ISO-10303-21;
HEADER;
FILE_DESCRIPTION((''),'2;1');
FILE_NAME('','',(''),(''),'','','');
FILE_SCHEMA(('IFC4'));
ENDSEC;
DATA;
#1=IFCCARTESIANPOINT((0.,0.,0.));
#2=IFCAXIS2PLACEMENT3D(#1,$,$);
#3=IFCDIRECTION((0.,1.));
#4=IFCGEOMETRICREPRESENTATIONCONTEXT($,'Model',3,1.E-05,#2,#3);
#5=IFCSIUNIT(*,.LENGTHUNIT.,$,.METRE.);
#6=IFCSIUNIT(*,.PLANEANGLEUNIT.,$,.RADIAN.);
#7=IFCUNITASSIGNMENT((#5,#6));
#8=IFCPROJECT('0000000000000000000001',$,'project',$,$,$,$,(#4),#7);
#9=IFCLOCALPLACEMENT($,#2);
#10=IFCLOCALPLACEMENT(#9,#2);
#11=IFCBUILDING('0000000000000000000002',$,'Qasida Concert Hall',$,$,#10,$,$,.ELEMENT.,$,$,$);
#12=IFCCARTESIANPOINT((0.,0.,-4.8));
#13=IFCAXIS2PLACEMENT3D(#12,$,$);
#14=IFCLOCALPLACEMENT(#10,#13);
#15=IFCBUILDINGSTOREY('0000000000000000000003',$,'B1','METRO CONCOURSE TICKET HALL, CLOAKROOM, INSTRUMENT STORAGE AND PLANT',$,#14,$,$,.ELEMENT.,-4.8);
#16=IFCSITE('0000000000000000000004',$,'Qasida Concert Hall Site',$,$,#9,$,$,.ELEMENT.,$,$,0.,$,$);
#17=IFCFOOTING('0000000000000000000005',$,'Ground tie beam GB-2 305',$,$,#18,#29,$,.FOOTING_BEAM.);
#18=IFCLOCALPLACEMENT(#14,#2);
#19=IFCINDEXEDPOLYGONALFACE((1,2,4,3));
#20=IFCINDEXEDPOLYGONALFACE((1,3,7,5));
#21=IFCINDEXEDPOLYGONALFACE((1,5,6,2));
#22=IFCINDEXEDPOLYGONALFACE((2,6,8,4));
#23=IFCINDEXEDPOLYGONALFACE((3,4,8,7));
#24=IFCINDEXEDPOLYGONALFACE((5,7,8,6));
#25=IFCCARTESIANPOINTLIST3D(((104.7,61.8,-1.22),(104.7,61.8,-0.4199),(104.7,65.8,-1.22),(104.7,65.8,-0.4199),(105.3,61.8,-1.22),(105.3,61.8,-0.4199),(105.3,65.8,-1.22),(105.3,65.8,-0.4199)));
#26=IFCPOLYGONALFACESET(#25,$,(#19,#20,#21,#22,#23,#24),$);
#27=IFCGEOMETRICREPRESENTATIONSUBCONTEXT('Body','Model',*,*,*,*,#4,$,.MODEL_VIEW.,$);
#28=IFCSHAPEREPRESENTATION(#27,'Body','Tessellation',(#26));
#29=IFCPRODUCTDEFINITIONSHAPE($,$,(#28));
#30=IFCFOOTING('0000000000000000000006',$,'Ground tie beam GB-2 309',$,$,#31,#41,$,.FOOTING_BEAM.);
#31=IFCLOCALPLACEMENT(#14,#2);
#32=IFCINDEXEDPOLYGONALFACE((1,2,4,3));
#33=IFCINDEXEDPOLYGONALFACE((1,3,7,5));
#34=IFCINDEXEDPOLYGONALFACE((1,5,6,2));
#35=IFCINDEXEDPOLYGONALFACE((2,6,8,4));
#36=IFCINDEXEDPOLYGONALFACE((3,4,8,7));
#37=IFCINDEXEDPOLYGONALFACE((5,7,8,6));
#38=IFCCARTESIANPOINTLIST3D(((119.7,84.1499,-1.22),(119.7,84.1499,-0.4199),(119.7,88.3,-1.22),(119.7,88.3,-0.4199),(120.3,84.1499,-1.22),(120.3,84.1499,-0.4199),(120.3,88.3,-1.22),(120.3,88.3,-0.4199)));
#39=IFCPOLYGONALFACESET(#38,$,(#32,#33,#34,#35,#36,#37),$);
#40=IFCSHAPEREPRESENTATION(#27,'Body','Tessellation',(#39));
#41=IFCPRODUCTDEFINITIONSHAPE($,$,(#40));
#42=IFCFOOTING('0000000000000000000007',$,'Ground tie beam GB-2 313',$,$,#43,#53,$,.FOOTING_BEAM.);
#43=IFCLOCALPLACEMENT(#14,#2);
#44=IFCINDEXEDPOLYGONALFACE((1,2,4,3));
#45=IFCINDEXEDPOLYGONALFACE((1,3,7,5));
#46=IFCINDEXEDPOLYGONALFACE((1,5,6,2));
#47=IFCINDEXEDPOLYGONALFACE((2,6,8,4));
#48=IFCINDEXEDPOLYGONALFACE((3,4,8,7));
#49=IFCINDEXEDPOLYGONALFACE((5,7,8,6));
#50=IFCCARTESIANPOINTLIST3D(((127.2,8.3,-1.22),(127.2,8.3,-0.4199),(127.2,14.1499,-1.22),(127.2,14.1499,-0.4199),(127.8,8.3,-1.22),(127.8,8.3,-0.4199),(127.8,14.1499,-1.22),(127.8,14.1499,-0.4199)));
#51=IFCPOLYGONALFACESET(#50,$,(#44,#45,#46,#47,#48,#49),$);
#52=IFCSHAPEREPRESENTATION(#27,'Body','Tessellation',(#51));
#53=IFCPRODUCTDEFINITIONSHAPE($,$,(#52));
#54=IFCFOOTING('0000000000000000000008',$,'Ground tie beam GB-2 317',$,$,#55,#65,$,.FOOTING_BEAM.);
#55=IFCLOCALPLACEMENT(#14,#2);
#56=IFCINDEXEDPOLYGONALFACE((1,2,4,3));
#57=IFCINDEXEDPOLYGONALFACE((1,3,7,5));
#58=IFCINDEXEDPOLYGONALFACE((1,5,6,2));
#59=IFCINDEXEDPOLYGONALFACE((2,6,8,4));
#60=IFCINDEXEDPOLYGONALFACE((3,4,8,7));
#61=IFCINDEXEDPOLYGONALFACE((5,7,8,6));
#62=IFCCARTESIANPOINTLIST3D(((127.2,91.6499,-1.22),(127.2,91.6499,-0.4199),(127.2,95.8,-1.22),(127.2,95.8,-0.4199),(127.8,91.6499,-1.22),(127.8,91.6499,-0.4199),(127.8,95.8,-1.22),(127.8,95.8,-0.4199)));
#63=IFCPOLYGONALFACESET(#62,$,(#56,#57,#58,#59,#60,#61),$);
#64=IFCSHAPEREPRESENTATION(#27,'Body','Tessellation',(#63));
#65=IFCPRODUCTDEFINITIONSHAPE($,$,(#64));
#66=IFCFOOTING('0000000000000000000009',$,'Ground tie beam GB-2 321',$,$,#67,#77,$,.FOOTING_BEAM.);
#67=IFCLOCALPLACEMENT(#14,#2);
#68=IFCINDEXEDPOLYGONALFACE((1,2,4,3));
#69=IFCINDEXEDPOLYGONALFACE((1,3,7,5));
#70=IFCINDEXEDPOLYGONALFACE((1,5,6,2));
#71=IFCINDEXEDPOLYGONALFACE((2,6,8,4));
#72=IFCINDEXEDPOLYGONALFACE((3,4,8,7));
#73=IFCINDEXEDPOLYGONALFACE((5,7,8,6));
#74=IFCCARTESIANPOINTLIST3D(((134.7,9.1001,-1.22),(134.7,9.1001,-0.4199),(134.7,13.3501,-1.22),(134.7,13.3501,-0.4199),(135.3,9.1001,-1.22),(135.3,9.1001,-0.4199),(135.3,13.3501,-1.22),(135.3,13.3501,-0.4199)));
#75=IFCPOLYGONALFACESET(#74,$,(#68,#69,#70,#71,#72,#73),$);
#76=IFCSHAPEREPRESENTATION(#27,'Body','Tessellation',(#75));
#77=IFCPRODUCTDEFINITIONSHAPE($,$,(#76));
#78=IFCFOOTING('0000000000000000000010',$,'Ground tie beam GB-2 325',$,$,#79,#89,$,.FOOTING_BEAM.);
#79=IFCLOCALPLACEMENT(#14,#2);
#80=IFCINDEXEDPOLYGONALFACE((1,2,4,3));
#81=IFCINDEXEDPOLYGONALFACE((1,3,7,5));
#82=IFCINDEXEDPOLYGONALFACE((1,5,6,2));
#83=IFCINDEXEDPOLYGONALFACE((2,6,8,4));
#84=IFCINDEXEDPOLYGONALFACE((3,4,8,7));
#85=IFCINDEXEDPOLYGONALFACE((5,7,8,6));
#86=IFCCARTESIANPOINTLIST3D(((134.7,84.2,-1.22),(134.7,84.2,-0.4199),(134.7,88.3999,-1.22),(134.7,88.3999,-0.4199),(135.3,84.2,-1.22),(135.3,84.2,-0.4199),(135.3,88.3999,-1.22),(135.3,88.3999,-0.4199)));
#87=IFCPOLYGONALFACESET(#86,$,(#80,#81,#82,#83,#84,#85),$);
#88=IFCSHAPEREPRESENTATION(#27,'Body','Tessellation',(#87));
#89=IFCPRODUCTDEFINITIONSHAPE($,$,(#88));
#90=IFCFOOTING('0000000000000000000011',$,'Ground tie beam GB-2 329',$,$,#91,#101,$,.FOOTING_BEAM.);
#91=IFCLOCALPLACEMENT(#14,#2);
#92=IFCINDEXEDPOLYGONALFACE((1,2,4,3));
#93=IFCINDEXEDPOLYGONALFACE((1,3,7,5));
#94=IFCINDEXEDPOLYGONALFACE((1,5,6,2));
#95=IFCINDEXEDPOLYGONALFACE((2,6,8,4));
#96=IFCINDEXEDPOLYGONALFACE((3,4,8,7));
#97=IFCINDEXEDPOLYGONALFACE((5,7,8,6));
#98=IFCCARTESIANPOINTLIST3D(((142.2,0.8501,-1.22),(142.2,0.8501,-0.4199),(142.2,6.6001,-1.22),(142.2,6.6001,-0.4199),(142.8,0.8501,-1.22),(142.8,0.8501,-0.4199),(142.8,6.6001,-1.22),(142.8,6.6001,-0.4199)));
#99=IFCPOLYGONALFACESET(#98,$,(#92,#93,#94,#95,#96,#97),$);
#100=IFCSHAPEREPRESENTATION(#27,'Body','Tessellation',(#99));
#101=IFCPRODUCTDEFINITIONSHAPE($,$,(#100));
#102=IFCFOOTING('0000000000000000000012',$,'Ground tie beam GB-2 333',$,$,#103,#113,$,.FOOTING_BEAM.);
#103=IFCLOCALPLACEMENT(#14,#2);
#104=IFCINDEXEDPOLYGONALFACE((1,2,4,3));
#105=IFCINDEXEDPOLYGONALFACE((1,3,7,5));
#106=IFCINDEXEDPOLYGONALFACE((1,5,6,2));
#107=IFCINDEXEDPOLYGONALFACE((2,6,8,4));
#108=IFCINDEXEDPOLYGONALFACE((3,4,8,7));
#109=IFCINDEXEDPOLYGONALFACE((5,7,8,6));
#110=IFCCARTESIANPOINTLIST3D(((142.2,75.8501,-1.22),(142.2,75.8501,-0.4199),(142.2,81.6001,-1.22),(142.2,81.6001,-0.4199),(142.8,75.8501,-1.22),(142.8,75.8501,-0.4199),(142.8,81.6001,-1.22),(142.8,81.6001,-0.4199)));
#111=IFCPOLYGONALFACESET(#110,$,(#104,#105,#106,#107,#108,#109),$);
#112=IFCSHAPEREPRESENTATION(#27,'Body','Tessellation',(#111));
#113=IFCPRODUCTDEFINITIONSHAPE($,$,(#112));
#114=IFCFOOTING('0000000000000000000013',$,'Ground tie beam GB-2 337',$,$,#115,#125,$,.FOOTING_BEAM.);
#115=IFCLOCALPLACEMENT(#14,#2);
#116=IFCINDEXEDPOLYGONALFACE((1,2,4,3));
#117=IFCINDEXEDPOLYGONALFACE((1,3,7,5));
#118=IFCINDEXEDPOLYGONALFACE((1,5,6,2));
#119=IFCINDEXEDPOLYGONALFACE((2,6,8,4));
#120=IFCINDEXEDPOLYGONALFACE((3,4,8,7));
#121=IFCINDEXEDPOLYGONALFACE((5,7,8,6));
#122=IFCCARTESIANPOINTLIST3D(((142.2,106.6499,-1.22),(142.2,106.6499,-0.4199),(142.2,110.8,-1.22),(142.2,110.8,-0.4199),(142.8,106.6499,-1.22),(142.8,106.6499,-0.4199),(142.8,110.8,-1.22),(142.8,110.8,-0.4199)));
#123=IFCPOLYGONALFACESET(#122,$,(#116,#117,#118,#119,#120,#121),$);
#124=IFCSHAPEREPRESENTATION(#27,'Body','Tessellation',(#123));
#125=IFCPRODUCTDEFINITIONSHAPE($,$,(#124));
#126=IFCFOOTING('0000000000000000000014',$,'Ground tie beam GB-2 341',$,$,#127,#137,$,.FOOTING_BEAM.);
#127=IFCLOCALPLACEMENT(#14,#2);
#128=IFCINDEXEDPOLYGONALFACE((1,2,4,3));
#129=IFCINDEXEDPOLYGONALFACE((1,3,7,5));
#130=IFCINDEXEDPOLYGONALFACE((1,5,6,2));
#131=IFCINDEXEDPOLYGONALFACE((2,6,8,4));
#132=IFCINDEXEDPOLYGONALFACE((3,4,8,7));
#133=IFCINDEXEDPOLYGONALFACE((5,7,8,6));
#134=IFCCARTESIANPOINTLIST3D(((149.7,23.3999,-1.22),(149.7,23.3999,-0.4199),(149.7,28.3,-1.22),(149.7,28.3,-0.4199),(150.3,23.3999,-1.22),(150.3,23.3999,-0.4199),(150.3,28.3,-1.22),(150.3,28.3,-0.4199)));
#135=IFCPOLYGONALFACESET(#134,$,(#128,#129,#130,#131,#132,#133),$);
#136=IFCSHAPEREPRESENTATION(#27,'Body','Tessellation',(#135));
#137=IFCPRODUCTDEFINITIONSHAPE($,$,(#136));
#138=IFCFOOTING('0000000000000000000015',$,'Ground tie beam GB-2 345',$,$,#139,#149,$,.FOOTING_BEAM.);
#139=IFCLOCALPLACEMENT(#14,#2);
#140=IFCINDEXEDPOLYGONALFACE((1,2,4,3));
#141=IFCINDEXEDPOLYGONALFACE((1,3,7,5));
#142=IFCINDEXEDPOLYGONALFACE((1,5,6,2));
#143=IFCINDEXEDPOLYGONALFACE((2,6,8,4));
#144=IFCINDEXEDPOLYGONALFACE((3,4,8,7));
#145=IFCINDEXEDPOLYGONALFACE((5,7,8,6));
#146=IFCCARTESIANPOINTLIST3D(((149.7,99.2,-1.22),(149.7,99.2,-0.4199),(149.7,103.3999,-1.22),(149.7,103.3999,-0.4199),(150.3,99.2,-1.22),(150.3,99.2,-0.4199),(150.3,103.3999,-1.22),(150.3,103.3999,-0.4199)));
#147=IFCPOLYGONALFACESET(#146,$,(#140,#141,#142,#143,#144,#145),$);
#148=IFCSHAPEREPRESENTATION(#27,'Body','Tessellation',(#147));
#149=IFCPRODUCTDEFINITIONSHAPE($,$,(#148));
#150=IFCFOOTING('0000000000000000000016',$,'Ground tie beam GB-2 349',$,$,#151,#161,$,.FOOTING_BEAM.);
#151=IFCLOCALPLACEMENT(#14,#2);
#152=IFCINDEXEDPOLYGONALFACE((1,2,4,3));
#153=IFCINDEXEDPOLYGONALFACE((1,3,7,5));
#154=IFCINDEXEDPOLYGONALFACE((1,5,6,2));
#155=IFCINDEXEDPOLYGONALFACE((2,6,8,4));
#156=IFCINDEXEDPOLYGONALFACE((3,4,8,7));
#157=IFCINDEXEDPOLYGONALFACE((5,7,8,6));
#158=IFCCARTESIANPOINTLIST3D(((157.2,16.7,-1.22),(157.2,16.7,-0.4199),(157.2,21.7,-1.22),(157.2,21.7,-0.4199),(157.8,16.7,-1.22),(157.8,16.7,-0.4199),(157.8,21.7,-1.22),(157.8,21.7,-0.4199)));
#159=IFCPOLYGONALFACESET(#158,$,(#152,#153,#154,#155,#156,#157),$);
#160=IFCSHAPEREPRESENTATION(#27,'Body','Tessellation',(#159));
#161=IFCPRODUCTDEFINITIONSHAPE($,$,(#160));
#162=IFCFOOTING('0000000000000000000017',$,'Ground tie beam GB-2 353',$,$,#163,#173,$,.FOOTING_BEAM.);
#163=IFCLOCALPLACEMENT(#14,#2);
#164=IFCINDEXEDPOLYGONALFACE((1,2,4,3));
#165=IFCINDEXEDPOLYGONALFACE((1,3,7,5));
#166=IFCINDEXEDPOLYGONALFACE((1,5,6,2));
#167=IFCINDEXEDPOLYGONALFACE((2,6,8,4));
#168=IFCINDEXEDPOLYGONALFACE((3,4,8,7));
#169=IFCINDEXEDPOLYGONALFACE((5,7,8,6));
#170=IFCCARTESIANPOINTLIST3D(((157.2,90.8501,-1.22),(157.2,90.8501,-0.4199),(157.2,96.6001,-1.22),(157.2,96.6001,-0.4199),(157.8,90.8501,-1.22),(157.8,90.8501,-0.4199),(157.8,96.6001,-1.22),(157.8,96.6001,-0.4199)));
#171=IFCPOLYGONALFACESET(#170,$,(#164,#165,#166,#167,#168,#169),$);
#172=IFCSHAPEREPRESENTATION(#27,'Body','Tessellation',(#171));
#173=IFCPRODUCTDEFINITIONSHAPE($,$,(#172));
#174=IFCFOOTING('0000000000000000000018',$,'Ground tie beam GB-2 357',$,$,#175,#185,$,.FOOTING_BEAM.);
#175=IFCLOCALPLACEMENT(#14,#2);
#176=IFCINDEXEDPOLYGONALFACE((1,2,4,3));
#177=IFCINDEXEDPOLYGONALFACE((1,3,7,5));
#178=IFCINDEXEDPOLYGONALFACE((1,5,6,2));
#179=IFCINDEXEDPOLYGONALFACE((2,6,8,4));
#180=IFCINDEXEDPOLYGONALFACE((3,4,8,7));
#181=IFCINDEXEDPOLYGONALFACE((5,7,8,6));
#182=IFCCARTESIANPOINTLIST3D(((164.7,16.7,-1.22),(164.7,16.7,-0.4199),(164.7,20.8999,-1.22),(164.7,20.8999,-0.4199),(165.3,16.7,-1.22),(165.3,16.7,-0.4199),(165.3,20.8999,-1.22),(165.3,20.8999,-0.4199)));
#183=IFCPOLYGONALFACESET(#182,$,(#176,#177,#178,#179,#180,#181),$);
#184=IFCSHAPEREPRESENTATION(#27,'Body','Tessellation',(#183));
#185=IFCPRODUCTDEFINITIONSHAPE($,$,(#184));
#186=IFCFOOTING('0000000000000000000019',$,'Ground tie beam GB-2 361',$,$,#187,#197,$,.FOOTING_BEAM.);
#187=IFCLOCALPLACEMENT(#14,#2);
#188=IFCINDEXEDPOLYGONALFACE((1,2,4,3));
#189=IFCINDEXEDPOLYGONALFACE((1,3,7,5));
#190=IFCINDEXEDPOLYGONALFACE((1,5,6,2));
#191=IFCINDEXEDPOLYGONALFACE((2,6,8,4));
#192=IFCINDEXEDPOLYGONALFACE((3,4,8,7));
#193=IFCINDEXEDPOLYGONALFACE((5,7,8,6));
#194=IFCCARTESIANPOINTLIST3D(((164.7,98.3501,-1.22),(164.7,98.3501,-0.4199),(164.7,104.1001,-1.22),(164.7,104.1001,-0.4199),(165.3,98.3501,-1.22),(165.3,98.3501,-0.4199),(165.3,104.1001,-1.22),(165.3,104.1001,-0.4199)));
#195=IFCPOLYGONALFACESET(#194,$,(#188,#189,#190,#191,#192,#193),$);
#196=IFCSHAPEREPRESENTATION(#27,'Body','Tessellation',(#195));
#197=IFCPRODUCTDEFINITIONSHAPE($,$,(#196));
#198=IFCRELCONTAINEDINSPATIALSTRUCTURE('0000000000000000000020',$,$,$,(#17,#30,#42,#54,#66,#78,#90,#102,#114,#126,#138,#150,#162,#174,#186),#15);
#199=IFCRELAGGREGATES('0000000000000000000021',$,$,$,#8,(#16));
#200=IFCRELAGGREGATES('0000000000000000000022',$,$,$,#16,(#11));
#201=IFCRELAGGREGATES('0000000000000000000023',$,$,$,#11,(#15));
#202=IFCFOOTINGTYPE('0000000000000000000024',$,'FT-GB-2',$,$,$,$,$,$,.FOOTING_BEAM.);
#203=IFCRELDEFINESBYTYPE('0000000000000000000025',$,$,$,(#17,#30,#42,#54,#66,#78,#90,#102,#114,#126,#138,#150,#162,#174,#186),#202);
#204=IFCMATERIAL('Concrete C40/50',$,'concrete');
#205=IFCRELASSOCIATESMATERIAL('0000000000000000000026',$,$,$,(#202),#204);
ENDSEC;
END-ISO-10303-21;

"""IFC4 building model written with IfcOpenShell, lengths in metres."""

from ifc_helpers import new_model, si_unit, direction, frame, origin, place, context, subcontext, project, spatial, polyline, outline, extrude, material, type_object, element, save


model = new_model("IFC4")

# Units and contexts
model_context = context("Model", 3, precision=1e-05, world=origin(), true_north=direction((0.0, 1.0)))
body_context = subcontext(model_context, "Body", "Model", "MODEL_VIEW")
ifc_project = project(units=[si_unit("LENGTHUNIT", "METRE"), si_unit("PLANEANGLEUNIT", "RADIAN")], contexts=[model_context])

# Site, building, storey
site_placement = place(None, origin())
site = spatial("IfcSite", under=ifc_project, at=site_placement, Name="Qasida Concert Hall Site", CompositionType="ELEMENT", RefElevation=0.0)
building_placement = place(site_placement, origin())
building = spatial("IfcBuilding", under=site, at=building_placement, Name="Qasida Concert Hall", CompositionType="ELEMENT")
storey_placement = place(building_placement, frame((0.0, 0.0, -4.8)))
storey = spatial("IfcBuildingStorey", under=building, at=storey_placement, Name="B1", Description="METRO CONCOURSE TICKET HALL, CLOAKROOM, INSTRUMENT STORAGE AND PLANT", CompositionType="ELEMENT", Elevation=-4.8)

# Footings
ifc_material = material(Name="Concrete C40/50", Category="concrete")
footing_type_1 = type_object("IfcFootingType", Name="FT-GB-2", PredefinedType="FOOTING_BEAM", material=ifc_material)
footing_1_placement = place(storey_placement, frame((0.0, 0.0, -1.22)))
element("IfcFooting", 1, at=footing_1_placement, inside=storey, type_object=footing_type_1, Name="Ground tie beam GB-2 305", PredefinedType="FOOTING_BEAM", context=body_context, shape_type="SweptSolid", body=[
    extrude(outline(polyline([(104.7, 61.8), (105.3, 61.8), (105.3, 65.8), (104.7, 65.8), (104.7, 61.8)])), origin(), (0.0, 0.0, 1.0), 0.8),
])
footing_2_placement = place(storey_placement, frame((0.0, 0.0, -1.22)))
element("IfcFooting", 2, at=footing_2_placement, inside=storey, type_object=footing_type_1, Name="Ground tie beam GB-2 309", PredefinedType="FOOTING_BEAM", context=body_context, shape_type="SweptSolid", body=[
    extrude(outline(polyline([(119.7, 84.1499), (120.3, 84.1499), (120.3, 88.3), (119.7, 88.3), (119.7, 84.1499)])), origin(), (0.0, 0.0, 1.0), 0.8),
])
footing_3_placement = place(storey_placement, frame((0.0, 0.0, -1.22)))
element("IfcFooting", 3, at=footing_3_placement, inside=storey, type_object=footing_type_1, Name="Ground tie beam GB-2 313", PredefinedType="FOOTING_BEAM", context=body_context, shape_type="SweptSolid", body=[
    extrude(outline(polyline([(127.2, 8.3), (127.8, 8.3), (127.8, 14.1499), (127.2, 14.1499), (127.2, 8.3)])), origin(), (0.0, 0.0, 1.0), 0.8),
])
footing_4_placement = place(storey_placement, frame((0.0, 0.0, -1.22)))
element("IfcFooting", 4, at=footing_4_placement, inside=storey, type_object=footing_type_1, Name="Ground tie beam GB-2 317", PredefinedType="FOOTING_BEAM", context=body_context, shape_type="SweptSolid", body=[
    extrude(outline(polyline([(127.2, 91.6499), (127.8, 91.6499), (127.8, 95.8), (127.2, 95.8), (127.2, 91.6499)])), origin(), (0.0, 0.0, 1.0), 0.8),
])
footing_5_placement = place(storey_placement, frame((0.0, 0.0, -1.22)))
element("IfcFooting", 5, at=footing_5_placement, inside=storey, type_object=footing_type_1, Name="Ground tie beam GB-2 321", PredefinedType="FOOTING_BEAM", context=body_context, shape_type="SweptSolid", body=[
    extrude(outline(polyline([(134.7, 9.1001), (135.3, 9.1001), (135.3, 13.3501), (134.7, 13.3501), (134.7, 9.1001)])), origin(), (0.0, 0.0, 1.0), 0.8),
])
footing_6_placement = place(storey_placement, frame((0.0, 0.0, -1.22)))
element("IfcFooting", 6, at=footing_6_placement, inside=storey, type_object=footing_type_1, Name="Ground tie beam GB-2 325", PredefinedType="FOOTING_BEAM", context=body_context, shape_type="SweptSolid", body=[
    extrude(outline(polyline([(134.7, 84.2), (135.3, 84.2), (135.3, 88.3999), (134.7, 88.3999), (134.7, 84.2)])), origin(), (0.0, 0.0, 1.0), 0.8),
])
footing_7_placement = place(storey_placement, frame((0.0, 0.0, -1.22)))
element("IfcFooting", 7, at=footing_7_placement, inside=storey, type_object=footing_type_1, Name="Ground tie beam GB-2 329", PredefinedType="FOOTING_BEAM", context=body_context, shape_type="SweptSolid", body=[
    extrude(outline(polyline([(142.2, 0.8501), (142.8, 0.8501), (142.8, 6.6001), (142.2, 6.6001), (142.2, 0.8501)])), origin(), (0.0, 0.0, 1.0), 0.8),
])
footing_8_placement = place(storey_placement, frame((0.0, 0.0, -1.22)))
element("IfcFooting", 8, at=footing_8_placement, inside=storey, type_object=footing_type_1, Name="Ground tie beam GB-2 333", PredefinedType="FOOTING_BEAM", context=body_context, shape_type="SweptSolid", body=[
    extrude(outline(polyline([(142.2, 75.8501), (142.8, 75.8501), (142.8, 81.6001), (142.2, 81.6001), (142.2, 75.8501)])), origin(), (0.0, 0.0, 1.0), 0.8),
])
footing_9_placement = place(storey_placement, frame((0.0, 0.0, -1.22)))
element("IfcFooting", 9, at=footing_9_placement, inside=storey, type_object=footing_type_1, Name="Ground tie beam GB-2 337", PredefinedType="FOOTING_BEAM", context=body_context, shape_type="SweptSolid", body=[
    extrude(outline(polyline([(142.2, 106.6499), (142.8, 106.6499), (142.8, 110.8), (142.2, 110.8), (142.2, 106.6499)])), origin(), (0.0, 0.0, 1.0), 0.8),
])
footing_10_placement = place(storey_placement, frame((0.0, 0.0, -1.22)))
element("IfcFooting", 10, at=footing_10_placement, inside=storey, type_object=footing_type_1, Name="Ground tie beam GB-2 341", PredefinedType="FOOTING_BEAM", context=body_context, shape_type="SweptSolid", body=[
    extrude(outline(polyline([(149.7, 23.3999), (150.3, 23.3999), (150.3, 28.3), (149.7, 28.3), (149.7, 23.3999)])), origin(), (0.0, 0.0, 1.0), 0.8),
])
footing_11_placement = place(storey_placement, frame((0.0, 0.0, -1.22)))
element("IfcFooting", 11, at=footing_11_placement, inside=storey, type_object=footing_type_1, Name="Ground tie beam GB-2 345", PredefinedType="FOOTING_BEAM", context=body_context, shape_type="SweptSolid", body=[
    extrude(outline(polyline([(149.7, 99.2), (150.3, 99.2), (150.3, 103.3999), (149.7, 103.3999), (149.7, 99.2)])), origin(), (0.0, 0.0, 1.0), 0.8),
])
footing_12_placement = place(storey_placement, frame((0.0, 0.0, -1.22)))
element("IfcFooting", 12, at=footing_12_placement, inside=storey, type_object=footing_type_1, Name="Ground tie beam GB-2 349", PredefinedType="FOOTING_BEAM", context=body_context, shape_type="SweptSolid", body=[
    extrude(outline(polyline([(157.2, 16.7), (157.8, 16.7), (157.8, 21.7), (157.2, 21.7), (157.2, 16.7)])), origin(), (0.0, 0.0, 1.0), 0.8),
])
footing_13_placement = place(storey_placement, frame((0.0, 0.0, -1.22)))
element("IfcFooting", 13, at=footing_13_placement, inside=storey, type_object=footing_type_1, Name="Ground tie beam GB-2 353", PredefinedType="FOOTING_BEAM", context=body_context, shape_type="SweptSolid", body=[
    extrude(outline(polyline([(157.2, 90.8501), (157.8, 90.8501), (157.8, 96.6001), (157.2, 96.6001), (157.2, 90.8501)])), origin(), (0.0, 0.0, 1.0), 0.8),
])
footing_14_placement = place(storey_placement, frame((0.0, 0.0, -1.22)))
element("IfcFooting", 14, at=footing_14_placement, inside=storey, type_object=footing_type_1, Name="Ground tie beam GB-2 357", PredefinedType="FOOTING_BEAM", context=body_context, shape_type="SweptSolid", body=[
    extrude(outline(polyline([(164.7, 16.7), (165.3, 16.7), (165.3, 20.8999), (164.7, 20.8999), (164.7, 16.7)])), origin(), (0.0, 0.0, 1.0), 0.8),
])
footing_15_placement = place(storey_placement, frame((0.0, 0.0, -1.22)))
element("IfcFooting", 15, at=footing_15_placement, inside=storey, type_object=footing_type_1, Name="Ground tie beam GB-2 361", PredefinedType="FOOTING_BEAM", context=body_context, shape_type="SweptSolid", body=[
    extrude(outline(polyline([(164.7, 98.3501), (165.3, 98.3501), (165.3, 104.1001), (164.7, 104.1001), (164.7, 98.3501)])), origin(), (0.0, 0.0, 1.0), 0.8),
])

save(model, "model.ifc")
